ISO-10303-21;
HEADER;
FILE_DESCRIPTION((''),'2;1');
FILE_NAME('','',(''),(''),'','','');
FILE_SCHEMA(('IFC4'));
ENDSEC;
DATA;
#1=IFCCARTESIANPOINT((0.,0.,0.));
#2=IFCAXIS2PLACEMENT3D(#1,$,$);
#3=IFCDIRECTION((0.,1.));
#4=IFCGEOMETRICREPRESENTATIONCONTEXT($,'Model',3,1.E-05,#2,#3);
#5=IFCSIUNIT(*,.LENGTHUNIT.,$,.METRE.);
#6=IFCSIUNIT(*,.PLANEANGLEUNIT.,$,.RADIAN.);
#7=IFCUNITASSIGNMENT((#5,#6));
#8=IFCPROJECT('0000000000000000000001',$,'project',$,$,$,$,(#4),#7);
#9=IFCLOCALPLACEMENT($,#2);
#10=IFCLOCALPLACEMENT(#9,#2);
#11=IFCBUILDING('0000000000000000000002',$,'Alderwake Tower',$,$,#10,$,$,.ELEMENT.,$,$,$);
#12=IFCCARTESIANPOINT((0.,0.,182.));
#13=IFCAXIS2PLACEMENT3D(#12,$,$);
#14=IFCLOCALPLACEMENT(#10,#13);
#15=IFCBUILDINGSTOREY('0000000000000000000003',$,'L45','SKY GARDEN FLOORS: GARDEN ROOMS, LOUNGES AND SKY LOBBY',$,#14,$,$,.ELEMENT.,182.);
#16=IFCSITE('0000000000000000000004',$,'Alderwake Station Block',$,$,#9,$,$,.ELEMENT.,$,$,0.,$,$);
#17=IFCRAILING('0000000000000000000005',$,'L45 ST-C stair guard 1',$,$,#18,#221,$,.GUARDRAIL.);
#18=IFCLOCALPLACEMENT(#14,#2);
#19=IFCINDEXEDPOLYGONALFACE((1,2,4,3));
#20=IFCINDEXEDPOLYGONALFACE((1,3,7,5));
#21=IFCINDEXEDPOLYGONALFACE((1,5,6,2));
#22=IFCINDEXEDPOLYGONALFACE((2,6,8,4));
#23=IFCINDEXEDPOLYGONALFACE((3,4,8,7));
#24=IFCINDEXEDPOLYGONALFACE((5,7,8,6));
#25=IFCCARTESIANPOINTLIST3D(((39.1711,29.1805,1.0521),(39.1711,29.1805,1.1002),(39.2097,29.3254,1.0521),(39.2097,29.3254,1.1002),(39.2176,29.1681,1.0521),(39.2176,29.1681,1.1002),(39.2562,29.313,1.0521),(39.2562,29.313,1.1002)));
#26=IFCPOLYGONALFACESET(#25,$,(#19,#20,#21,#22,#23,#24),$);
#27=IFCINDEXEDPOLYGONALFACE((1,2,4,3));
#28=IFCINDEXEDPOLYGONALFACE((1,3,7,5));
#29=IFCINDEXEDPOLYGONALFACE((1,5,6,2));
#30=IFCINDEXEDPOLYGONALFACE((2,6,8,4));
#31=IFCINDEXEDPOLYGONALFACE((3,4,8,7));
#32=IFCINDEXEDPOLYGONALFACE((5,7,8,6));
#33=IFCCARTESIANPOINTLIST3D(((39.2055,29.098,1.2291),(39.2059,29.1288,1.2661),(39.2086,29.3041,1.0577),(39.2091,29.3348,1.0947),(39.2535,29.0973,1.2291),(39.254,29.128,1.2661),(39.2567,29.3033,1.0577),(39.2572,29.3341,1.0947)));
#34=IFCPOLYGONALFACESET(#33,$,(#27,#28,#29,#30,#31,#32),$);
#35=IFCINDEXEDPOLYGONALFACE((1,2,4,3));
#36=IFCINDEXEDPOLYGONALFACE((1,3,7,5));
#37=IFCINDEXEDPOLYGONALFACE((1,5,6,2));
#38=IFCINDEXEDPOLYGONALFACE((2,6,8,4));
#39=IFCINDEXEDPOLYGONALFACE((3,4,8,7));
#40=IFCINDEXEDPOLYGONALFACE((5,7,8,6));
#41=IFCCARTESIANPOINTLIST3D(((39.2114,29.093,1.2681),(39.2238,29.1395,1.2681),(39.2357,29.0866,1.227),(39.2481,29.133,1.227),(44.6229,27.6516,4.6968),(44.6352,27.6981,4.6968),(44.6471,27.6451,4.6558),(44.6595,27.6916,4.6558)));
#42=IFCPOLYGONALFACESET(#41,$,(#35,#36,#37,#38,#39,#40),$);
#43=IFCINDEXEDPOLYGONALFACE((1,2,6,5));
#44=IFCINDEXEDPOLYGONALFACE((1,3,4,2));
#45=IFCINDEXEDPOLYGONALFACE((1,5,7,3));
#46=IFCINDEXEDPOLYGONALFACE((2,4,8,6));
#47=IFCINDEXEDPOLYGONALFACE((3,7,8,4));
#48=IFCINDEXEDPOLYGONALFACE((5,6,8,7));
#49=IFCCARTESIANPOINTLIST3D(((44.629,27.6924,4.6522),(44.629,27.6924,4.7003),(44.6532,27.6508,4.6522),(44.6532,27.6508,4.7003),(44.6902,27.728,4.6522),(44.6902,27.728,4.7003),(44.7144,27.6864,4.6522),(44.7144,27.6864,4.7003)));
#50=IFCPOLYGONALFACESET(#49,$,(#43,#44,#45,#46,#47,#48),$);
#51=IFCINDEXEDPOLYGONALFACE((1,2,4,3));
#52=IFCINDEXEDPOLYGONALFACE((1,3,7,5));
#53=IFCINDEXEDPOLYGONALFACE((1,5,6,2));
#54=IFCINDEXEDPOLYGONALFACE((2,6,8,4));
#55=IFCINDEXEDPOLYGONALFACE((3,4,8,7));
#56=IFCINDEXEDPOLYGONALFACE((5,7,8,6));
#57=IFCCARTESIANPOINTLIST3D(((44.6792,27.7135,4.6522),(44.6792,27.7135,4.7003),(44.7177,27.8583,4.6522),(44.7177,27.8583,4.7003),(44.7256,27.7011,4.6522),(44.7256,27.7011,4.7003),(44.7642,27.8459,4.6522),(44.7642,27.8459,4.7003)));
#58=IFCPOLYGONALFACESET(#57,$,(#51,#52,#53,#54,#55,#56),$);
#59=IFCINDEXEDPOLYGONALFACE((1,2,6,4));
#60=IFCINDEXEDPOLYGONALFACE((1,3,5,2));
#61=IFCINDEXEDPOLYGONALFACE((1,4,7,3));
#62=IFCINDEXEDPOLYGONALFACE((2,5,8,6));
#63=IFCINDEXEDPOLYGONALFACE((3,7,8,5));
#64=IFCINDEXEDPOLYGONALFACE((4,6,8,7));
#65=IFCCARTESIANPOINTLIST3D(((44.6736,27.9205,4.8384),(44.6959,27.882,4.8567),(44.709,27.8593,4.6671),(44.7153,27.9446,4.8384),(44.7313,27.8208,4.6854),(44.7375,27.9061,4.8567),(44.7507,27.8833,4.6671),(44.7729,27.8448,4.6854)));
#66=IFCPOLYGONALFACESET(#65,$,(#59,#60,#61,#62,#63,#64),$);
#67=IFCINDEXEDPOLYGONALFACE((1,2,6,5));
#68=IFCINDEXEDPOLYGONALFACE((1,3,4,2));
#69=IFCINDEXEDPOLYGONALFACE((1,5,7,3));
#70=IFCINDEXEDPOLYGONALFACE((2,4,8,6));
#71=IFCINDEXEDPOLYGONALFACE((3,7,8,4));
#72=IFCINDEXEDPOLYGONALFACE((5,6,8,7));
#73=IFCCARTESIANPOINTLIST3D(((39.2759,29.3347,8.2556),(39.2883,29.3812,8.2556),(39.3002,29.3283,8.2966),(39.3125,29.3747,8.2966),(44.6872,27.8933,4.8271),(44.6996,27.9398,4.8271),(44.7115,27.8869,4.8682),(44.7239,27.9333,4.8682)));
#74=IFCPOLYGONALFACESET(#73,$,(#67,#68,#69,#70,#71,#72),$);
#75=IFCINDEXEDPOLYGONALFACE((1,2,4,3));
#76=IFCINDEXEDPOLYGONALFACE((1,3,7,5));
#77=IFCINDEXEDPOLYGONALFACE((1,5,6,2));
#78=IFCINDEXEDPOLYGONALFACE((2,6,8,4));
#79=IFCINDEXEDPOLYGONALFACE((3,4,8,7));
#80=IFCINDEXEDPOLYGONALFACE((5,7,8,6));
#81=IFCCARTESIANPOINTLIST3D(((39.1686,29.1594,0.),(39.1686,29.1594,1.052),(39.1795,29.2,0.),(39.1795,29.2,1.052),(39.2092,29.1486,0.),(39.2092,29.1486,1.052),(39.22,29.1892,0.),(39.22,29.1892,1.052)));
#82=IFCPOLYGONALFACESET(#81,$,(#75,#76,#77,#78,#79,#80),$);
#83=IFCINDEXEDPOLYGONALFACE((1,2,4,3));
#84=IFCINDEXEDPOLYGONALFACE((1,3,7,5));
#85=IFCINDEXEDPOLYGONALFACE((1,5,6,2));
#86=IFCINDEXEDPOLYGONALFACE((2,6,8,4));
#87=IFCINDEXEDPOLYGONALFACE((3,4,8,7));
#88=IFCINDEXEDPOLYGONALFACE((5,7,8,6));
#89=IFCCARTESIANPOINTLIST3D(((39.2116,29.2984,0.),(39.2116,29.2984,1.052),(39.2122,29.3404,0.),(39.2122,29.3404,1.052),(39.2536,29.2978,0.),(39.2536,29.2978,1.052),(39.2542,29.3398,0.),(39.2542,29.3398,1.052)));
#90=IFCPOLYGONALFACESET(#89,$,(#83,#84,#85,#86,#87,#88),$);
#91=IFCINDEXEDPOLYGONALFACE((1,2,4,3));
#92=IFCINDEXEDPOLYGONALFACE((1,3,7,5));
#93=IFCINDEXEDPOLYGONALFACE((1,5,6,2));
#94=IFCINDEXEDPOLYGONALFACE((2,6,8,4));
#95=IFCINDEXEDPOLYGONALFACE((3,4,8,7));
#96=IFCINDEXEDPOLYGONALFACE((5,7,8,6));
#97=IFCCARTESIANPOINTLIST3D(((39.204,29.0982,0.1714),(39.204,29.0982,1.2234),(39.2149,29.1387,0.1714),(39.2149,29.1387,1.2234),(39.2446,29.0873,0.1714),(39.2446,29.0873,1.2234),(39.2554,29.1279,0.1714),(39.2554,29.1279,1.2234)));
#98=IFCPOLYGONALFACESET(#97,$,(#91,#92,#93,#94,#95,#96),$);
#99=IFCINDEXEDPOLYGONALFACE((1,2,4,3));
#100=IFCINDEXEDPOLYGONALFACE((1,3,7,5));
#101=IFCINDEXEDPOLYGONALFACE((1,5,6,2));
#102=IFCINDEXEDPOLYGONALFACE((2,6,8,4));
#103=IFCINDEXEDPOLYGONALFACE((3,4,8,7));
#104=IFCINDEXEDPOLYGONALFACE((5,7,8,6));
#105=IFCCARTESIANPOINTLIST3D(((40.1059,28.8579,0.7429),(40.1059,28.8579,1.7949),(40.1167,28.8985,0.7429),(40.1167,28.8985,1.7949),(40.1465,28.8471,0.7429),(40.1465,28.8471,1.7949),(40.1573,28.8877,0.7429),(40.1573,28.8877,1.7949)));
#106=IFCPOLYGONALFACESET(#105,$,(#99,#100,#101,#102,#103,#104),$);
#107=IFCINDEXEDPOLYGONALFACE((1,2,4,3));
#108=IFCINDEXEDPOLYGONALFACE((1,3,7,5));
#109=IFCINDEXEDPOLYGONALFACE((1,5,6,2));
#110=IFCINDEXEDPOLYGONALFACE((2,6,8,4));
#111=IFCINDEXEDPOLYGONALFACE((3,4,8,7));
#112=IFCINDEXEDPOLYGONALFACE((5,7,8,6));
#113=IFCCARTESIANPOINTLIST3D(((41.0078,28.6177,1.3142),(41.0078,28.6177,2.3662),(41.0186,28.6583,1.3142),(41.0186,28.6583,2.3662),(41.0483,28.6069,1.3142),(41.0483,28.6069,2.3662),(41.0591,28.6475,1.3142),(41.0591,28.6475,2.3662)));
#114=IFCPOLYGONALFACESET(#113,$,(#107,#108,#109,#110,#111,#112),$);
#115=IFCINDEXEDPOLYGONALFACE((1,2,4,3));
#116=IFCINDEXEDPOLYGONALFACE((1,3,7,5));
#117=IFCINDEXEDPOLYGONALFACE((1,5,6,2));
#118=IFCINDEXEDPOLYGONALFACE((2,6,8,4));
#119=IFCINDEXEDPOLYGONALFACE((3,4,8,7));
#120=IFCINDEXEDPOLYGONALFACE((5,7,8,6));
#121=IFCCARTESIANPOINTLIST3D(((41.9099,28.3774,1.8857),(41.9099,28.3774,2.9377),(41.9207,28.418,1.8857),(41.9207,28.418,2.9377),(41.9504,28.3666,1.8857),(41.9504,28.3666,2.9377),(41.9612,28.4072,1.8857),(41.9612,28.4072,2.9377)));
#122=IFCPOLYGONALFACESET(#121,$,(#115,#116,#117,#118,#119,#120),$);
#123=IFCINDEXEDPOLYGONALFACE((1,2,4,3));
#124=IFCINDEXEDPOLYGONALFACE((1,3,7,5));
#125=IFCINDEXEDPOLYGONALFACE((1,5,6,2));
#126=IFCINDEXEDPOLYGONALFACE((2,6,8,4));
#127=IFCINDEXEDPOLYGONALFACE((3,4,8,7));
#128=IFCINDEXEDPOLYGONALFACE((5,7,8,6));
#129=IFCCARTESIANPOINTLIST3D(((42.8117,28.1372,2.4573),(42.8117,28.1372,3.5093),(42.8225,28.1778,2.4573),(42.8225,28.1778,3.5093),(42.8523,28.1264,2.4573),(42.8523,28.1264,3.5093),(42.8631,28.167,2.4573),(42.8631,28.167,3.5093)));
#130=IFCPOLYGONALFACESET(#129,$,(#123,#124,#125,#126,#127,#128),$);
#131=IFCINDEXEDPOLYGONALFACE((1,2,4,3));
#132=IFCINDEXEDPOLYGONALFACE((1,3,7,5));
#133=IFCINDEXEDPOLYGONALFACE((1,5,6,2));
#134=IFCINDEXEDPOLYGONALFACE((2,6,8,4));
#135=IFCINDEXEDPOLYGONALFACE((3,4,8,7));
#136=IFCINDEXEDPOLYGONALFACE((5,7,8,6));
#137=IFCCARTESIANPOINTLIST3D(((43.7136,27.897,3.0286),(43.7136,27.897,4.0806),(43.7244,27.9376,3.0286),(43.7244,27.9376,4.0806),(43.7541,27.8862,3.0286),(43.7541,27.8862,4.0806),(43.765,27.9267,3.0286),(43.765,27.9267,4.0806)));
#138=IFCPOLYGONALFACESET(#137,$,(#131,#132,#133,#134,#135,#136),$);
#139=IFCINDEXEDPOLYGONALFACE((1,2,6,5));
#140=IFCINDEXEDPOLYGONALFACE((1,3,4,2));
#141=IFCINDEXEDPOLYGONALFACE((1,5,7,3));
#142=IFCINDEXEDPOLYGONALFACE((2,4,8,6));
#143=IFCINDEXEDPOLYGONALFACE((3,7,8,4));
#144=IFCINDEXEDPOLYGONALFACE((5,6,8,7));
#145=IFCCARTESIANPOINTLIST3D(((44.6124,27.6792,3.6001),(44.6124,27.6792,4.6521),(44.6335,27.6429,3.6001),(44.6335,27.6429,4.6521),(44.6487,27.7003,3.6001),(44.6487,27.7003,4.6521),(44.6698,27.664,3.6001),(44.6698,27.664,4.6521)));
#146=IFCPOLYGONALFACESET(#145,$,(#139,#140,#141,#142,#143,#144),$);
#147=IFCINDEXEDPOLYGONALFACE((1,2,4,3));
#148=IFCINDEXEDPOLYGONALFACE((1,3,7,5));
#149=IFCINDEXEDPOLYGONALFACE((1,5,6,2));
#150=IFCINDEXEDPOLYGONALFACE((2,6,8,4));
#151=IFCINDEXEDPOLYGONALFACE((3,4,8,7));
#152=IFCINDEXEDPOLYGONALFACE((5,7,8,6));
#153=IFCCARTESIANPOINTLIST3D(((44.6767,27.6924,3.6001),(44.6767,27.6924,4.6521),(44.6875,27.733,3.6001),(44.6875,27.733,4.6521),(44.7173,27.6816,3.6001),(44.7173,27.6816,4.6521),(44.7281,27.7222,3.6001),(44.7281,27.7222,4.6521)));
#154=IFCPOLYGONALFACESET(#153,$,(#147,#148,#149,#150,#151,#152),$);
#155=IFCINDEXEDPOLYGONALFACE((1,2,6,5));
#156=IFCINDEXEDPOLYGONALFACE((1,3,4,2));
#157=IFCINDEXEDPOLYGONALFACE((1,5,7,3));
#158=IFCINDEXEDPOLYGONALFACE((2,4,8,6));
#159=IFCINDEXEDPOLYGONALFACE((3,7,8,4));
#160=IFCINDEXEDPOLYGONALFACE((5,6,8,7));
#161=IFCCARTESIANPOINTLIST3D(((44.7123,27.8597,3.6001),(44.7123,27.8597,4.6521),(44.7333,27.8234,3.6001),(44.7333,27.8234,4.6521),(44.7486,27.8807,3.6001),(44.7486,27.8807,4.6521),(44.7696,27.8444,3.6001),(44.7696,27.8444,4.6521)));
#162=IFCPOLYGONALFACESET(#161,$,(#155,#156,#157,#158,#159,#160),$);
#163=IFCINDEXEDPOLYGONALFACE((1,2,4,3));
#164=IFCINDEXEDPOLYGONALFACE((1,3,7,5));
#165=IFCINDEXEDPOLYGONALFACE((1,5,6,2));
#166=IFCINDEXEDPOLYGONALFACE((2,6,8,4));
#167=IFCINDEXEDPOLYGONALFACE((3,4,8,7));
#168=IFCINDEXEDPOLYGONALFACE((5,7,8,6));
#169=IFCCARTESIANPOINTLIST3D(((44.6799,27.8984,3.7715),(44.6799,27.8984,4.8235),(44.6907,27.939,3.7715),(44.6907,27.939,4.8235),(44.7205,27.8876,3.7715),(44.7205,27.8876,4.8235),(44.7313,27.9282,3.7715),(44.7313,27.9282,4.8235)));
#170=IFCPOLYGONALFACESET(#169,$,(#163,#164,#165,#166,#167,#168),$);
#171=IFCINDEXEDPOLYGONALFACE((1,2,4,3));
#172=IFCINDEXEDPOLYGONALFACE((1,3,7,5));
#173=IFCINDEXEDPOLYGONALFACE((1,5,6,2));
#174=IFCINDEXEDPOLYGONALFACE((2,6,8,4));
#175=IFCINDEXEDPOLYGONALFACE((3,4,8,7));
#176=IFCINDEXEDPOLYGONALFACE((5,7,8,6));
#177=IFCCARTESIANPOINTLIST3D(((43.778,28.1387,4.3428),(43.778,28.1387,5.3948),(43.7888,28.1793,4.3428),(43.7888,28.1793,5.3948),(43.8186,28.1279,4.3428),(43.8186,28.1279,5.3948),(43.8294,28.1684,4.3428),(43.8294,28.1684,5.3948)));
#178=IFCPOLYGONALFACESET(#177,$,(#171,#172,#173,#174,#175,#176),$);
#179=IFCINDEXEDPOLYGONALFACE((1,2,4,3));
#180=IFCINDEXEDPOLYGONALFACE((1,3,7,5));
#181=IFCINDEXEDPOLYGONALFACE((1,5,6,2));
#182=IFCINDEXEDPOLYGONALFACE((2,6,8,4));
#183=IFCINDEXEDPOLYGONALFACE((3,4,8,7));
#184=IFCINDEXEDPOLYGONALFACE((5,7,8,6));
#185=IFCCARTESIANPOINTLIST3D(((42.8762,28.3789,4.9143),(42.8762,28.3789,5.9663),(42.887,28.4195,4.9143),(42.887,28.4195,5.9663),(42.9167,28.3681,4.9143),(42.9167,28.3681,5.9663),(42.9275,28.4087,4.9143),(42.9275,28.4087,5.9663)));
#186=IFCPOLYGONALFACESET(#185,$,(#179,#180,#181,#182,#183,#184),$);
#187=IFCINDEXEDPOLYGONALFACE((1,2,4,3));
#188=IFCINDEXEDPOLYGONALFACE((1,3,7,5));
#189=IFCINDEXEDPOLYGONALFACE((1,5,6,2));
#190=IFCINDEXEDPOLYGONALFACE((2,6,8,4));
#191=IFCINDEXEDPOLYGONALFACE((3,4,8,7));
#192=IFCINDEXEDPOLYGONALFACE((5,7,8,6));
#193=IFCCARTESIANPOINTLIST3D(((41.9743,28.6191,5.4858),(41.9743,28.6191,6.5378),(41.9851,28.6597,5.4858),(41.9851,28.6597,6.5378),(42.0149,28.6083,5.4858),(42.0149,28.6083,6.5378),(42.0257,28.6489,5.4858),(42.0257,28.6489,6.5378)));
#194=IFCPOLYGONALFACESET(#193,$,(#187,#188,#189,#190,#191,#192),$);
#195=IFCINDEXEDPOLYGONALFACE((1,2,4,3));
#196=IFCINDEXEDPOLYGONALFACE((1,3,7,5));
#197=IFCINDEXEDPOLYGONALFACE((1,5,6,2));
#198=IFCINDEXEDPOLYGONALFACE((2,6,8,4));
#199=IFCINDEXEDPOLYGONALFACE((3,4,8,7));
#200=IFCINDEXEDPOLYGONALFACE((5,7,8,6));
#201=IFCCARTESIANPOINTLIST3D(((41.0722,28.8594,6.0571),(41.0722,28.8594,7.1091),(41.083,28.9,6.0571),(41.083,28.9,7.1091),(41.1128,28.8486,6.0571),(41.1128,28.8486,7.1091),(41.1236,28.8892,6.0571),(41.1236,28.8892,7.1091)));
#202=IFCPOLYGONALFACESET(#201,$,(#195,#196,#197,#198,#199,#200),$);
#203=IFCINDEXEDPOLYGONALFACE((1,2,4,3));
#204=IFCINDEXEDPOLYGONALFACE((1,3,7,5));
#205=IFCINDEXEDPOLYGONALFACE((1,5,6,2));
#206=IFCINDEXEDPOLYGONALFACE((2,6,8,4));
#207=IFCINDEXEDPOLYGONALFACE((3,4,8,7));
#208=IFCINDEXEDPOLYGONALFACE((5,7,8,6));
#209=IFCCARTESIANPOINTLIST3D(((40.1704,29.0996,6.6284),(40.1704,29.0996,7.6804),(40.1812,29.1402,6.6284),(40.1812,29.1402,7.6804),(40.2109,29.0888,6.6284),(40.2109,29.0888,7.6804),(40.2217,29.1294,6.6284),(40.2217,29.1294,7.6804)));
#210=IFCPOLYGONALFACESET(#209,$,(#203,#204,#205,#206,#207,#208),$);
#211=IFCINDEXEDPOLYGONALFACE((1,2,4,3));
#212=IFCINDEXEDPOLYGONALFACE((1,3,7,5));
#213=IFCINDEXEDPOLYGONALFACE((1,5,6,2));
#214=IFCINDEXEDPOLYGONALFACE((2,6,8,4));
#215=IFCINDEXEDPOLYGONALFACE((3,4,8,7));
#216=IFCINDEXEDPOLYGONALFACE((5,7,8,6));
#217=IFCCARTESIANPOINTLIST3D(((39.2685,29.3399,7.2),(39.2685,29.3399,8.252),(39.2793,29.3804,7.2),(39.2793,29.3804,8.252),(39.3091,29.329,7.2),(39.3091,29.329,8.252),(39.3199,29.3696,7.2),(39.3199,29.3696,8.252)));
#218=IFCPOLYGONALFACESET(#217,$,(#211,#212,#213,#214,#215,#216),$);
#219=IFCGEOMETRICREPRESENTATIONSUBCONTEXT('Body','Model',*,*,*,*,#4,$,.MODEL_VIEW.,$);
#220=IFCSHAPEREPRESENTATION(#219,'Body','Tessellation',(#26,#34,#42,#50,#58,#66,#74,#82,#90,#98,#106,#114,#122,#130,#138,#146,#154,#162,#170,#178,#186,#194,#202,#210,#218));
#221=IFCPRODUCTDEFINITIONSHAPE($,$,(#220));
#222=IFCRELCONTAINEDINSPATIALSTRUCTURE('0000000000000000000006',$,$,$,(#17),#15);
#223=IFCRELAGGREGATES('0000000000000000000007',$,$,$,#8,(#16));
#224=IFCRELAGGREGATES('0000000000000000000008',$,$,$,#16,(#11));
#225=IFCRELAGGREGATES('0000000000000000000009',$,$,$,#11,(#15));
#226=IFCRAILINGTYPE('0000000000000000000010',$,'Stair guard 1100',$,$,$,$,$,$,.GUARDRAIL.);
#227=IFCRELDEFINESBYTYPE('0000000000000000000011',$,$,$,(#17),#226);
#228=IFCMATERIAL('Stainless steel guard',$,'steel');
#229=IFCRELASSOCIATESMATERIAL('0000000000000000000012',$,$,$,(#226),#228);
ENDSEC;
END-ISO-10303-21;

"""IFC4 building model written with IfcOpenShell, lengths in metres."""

from ifc_helpers import new_model, si_unit, direction, frame, origin, origin_2d, place, context, subcontext, project, spatial, rectangle, extrude, material, type_object, element, save


model = new_model("IFC4")

# Units and contexts
model_context = context("Model", 3, precision=1e-05, world=origin(), true_north=direction((0.0, 1.0)))
body_context = subcontext(model_context, "Body", "Model", "MODEL_VIEW")
ifc_project = project(units=[si_unit("LENGTHUNIT", "METRE"), si_unit("PLANEANGLEUNIT", "RADIAN")], contexts=[model_context])

# Site, building, storey
site_placement = place(None, origin())
site = spatial("IfcSite", under=ifc_project, at=site_placement, Name="Alderwake Station Block", CompositionType="ELEMENT", RefElevation=0.0)
building_placement = place(site_placement, origin())
building = spatial("IfcBuilding", under=site, at=building_placement, Name="Alderwake Tower", CompositionType="ELEMENT")
storey_placement = place(building_placement, frame((0.0, 0.0, 182.0)))
storey = spatial("IfcBuildingStorey", under=building, at=storey_placement, Name="L45", Description="SKY GARDEN FLOORS: GARDEN ROOMS, LOUNGES AND SKY LOBBY", CompositionType="ELEMENT", Elevation=182.0)

# Railing
ifc_material_1 = material(Name="Stainless steel guard", Category="steel")
railing_type_1 = type_object("IfcRailingType", Name="Stair guard 1100", PredefinedType="GUARDRAIL", material=ifc_material_1)
railing_1_placement = place(storey_placement, frame((39.1943, 29.1743, 0.0)))
element("IfcRailing", 1, at=railing_1_placement, inside=storey, type_object=railing_type_1, Name="L45 ST-C stair guard 1", PredefinedType="GUARDRAIL", context=body_context, shape_type="SweptSolid", body=[
    extrude(rectangle(XDim=0.0481, YDim=0.0481, at=origin_2d()), frame((0.0, 0.0, 1.0762), z_axis=(0.25746, 0.966289, 0.0), x_axis=(-0.966289, 0.25746, 0.0)), (0.0, 0.0, 1.0), 0.1499),
    extrude(rectangle(XDim=0.0481, YDim=0.0481, at=origin_2d()), frame((0.0386, 0.1448, 1.0762), z_axis=(-0.011841, -0.768764, 0.639422), x_axis=(0.999881, -0.015401, 0.0)), (0.0, 0.0, 1.0), 0.2681),
    extrude(rectangle(XDim=0.0481, YDim=0.0481, at=origin_2d()), frame((0.0354, -0.0613, 1.2476), z_axis=(0.82411, -0.219515, 0.522165), x_axis=(0.257391, 0.966307, 0.0)), (0.0, 0.0, 1.0), 6.5664),
    extrude(rectangle(XDim=0.0481, YDim=0.0481, at=origin_2d()), frame((5.4468, -1.5027, 4.6763), z_axis=(0.864403, 0.5028, 0.0), x_axis=(-0.5028, 0.864403, 0.0)), (0.0, 0.0, 1.0), 0.0708),
    extrude(rectangle(XDim=0.0481, YDim=0.0481, at=origin_2d()), frame((5.5081, -1.467, 4.6763), z_axis=(0.25746, 0.966289, 0.0), x_axis=(-0.966289, 0.25746, 0.0)), (0.0, 0.0, 1.0), 0.1499),
    extrude(rectangle(XDim=0.0481, YDim=0.0481, at=origin_2d()), frame((5.5466, -1.3223, 4.6763), z_axis=(-0.190917, 0.330484, 0.924301), x_axis=(-0.865898, -0.50022, 0.0)), (0.0, 0.0, 1.0), 0.1853),
    extrude(rectangle(XDim=0.0481, YDim=0.0481, at=origin_2d()), frame((5.5112, -1.261, 4.8477), z_axis=(-0.824126, 0.219519, 0.522138), x_axis=(-0.257391, -0.966307, 0.0)), (0.0, 0.0, 1.0), 6.5662),
    extrude(rectangle(XDim=0.042, YDim=0.042, at=origin_2d()), frame((0.0, 0.0, 0.0), z_axis=(0.0, 0.0, 1.0), x_axis=(0.25746, 0.966289, 0.0)), (0.0, 0.0, 1.0), 1.052),
    extrude(rectangle(XDim=0.042, YDim=0.042, at=origin_2d()), frame((0.0386, 0.1448, 0.0), z_axis=(0.0, 0.0, 1.0), x_axis=(-0.015401, -0.999881, 0.0)), (0.0, 0.0, 1.0), 1.052),
    extrude(rectangle(XDim=0.042, YDim=0.042, at=origin_2d()), frame((0.0354, -0.0613, 0.1714), z_axis=(0.0, 0.0, 1.0), x_axis=(0.966307, -0.257391, 0.0)), (0.0, 0.0, 1.0), 1.052),
    extrude(rectangle(XDim=0.042, YDim=0.042, at=origin_2d()), frame((0.9373, -0.3015, 0.7429), z_axis=(0.0, 0.0, 1.0), x_axis=(0.966307, -0.257391, 0.0)), (0.0, 0.0, 1.0), 1.052),
    extrude(rectangle(XDim=0.042, YDim=0.042, at=origin_2d()), frame((1.8391, -0.5417, 1.3142), z_axis=(0.0, 0.0, 1.0), x_axis=(0.966307, -0.257391, 0.0)), (0.0, 0.0, 1.0), 1.052),
    extrude(rectangle(XDim=0.042, YDim=0.042, at=origin_2d()), frame((2.7412, -0.782, 1.8857), z_axis=(0.0, 0.0, 1.0), x_axis=(0.966307, -0.257391, 0.0)), (0.0, 0.0, 1.0), 1.052),
    extrude(rectangle(XDim=0.042, YDim=0.042, at=origin_2d()), frame((3.6431, -1.0222, 2.4573), z_axis=(0.0, 0.0, 1.0), x_axis=(0.966307, -0.257391, 0.0)), (0.0, 0.0, 1.0), 1.052),
    extrude(rectangle(XDim=0.042, YDim=0.042, at=origin_2d()), frame((4.5449, -1.2625, 3.0286), z_axis=(0.0, 0.0, 1.0), x_axis=(0.966307, -0.257391, 0.0)), (0.0, 0.0, 1.0), 1.052),
    extrude(rectangle(XDim=0.042, YDim=0.042, at=origin_2d()), frame((5.4468, -1.5027, 3.6001), z_axis=(0.0, 0.0, 1.0), x_axis=(0.864403, 0.5028, 0.0)), (0.0, 0.0, 1.0), 1.052),
    extrude(rectangle(XDim=0.042, YDim=0.042, at=origin_2d()), frame((5.5081, -1.467, 3.6001), z_axis=(0.0, 0.0, 1.0), x_axis=(0.25746, 0.966289, 0.0)), (0.0, 0.0, 1.0), 1.052),
    extrude(rectangle(XDim=0.042, YDim=0.042, at=origin_2d()), frame((5.5466, -1.3223, 3.6001), z_axis=(0.0, 0.0, 1.0), x_axis=(-0.50022, 0.865898, 0.0)), (0.0, 0.0, 1.0), 1.052),
    extrude(rectangle(XDim=0.042, YDim=0.042, at=origin_2d()), frame((5.5112, -1.261, 3.7715), z_axis=(0.0, 0.0, 1.0), x_axis=(-0.966307, 0.257391, 0.0)), (0.0, 0.0, 1.0), 1.052),
    extrude(rectangle(XDim=0.042, YDim=0.042, at=origin_2d()), frame((4.6094, -1.0208, 4.3428), z_axis=(0.0, 0.0, 1.0), x_axis=(-0.966307, 0.257391, 0.0)), (0.0, 0.0, 1.0), 1.052),
    extrude(rectangle(XDim=0.042, YDim=0.042, at=origin_2d()), frame((3.7075, -0.7805, 4.9143), z_axis=(0.0, 0.0, 1.0), x_axis=(-0.966307, 0.257391, 0.0)), (0.0, 0.0, 1.0), 1.052),
    extrude(rectangle(XDim=0.042, YDim=0.042, at=origin_2d()), frame((2.8057, -0.5403, 5.4858), z_axis=(0.0, 0.0, 1.0), x_axis=(-0.966307, 0.257391, 0.0)), (0.0, 0.0, 1.0), 1.052),
    extrude(rectangle(XDim=0.042, YDim=0.042, at=origin_2d()), frame((1.9036, -0.3, 6.0571), z_axis=(0.0, 0.0, 1.0), x_axis=(-0.966307, 0.257391, 0.0)), (0.0, 0.0, 1.0), 1.052),
    extrude(rectangle(XDim=0.042, YDim=0.042, at=origin_2d()), frame((1.0017, -0.0598, 6.6284), z_axis=(0.0, 0.0, 1.0), x_axis=(-0.966307, 0.257391, 0.0)), (0.0, 0.0, 1.0), 1.052),
    extrude(rectangle(XDim=0.042, YDim=0.042, at=origin_2d()), frame((0.0999, 0.1804, 7.2), z_axis=(0.0, 0.0, 1.0), x_axis=(-0.966307, 0.257391, 0.0)), (0.0, 0.0, 1.0), 1.052),
])

save(model, "model.ifc")
